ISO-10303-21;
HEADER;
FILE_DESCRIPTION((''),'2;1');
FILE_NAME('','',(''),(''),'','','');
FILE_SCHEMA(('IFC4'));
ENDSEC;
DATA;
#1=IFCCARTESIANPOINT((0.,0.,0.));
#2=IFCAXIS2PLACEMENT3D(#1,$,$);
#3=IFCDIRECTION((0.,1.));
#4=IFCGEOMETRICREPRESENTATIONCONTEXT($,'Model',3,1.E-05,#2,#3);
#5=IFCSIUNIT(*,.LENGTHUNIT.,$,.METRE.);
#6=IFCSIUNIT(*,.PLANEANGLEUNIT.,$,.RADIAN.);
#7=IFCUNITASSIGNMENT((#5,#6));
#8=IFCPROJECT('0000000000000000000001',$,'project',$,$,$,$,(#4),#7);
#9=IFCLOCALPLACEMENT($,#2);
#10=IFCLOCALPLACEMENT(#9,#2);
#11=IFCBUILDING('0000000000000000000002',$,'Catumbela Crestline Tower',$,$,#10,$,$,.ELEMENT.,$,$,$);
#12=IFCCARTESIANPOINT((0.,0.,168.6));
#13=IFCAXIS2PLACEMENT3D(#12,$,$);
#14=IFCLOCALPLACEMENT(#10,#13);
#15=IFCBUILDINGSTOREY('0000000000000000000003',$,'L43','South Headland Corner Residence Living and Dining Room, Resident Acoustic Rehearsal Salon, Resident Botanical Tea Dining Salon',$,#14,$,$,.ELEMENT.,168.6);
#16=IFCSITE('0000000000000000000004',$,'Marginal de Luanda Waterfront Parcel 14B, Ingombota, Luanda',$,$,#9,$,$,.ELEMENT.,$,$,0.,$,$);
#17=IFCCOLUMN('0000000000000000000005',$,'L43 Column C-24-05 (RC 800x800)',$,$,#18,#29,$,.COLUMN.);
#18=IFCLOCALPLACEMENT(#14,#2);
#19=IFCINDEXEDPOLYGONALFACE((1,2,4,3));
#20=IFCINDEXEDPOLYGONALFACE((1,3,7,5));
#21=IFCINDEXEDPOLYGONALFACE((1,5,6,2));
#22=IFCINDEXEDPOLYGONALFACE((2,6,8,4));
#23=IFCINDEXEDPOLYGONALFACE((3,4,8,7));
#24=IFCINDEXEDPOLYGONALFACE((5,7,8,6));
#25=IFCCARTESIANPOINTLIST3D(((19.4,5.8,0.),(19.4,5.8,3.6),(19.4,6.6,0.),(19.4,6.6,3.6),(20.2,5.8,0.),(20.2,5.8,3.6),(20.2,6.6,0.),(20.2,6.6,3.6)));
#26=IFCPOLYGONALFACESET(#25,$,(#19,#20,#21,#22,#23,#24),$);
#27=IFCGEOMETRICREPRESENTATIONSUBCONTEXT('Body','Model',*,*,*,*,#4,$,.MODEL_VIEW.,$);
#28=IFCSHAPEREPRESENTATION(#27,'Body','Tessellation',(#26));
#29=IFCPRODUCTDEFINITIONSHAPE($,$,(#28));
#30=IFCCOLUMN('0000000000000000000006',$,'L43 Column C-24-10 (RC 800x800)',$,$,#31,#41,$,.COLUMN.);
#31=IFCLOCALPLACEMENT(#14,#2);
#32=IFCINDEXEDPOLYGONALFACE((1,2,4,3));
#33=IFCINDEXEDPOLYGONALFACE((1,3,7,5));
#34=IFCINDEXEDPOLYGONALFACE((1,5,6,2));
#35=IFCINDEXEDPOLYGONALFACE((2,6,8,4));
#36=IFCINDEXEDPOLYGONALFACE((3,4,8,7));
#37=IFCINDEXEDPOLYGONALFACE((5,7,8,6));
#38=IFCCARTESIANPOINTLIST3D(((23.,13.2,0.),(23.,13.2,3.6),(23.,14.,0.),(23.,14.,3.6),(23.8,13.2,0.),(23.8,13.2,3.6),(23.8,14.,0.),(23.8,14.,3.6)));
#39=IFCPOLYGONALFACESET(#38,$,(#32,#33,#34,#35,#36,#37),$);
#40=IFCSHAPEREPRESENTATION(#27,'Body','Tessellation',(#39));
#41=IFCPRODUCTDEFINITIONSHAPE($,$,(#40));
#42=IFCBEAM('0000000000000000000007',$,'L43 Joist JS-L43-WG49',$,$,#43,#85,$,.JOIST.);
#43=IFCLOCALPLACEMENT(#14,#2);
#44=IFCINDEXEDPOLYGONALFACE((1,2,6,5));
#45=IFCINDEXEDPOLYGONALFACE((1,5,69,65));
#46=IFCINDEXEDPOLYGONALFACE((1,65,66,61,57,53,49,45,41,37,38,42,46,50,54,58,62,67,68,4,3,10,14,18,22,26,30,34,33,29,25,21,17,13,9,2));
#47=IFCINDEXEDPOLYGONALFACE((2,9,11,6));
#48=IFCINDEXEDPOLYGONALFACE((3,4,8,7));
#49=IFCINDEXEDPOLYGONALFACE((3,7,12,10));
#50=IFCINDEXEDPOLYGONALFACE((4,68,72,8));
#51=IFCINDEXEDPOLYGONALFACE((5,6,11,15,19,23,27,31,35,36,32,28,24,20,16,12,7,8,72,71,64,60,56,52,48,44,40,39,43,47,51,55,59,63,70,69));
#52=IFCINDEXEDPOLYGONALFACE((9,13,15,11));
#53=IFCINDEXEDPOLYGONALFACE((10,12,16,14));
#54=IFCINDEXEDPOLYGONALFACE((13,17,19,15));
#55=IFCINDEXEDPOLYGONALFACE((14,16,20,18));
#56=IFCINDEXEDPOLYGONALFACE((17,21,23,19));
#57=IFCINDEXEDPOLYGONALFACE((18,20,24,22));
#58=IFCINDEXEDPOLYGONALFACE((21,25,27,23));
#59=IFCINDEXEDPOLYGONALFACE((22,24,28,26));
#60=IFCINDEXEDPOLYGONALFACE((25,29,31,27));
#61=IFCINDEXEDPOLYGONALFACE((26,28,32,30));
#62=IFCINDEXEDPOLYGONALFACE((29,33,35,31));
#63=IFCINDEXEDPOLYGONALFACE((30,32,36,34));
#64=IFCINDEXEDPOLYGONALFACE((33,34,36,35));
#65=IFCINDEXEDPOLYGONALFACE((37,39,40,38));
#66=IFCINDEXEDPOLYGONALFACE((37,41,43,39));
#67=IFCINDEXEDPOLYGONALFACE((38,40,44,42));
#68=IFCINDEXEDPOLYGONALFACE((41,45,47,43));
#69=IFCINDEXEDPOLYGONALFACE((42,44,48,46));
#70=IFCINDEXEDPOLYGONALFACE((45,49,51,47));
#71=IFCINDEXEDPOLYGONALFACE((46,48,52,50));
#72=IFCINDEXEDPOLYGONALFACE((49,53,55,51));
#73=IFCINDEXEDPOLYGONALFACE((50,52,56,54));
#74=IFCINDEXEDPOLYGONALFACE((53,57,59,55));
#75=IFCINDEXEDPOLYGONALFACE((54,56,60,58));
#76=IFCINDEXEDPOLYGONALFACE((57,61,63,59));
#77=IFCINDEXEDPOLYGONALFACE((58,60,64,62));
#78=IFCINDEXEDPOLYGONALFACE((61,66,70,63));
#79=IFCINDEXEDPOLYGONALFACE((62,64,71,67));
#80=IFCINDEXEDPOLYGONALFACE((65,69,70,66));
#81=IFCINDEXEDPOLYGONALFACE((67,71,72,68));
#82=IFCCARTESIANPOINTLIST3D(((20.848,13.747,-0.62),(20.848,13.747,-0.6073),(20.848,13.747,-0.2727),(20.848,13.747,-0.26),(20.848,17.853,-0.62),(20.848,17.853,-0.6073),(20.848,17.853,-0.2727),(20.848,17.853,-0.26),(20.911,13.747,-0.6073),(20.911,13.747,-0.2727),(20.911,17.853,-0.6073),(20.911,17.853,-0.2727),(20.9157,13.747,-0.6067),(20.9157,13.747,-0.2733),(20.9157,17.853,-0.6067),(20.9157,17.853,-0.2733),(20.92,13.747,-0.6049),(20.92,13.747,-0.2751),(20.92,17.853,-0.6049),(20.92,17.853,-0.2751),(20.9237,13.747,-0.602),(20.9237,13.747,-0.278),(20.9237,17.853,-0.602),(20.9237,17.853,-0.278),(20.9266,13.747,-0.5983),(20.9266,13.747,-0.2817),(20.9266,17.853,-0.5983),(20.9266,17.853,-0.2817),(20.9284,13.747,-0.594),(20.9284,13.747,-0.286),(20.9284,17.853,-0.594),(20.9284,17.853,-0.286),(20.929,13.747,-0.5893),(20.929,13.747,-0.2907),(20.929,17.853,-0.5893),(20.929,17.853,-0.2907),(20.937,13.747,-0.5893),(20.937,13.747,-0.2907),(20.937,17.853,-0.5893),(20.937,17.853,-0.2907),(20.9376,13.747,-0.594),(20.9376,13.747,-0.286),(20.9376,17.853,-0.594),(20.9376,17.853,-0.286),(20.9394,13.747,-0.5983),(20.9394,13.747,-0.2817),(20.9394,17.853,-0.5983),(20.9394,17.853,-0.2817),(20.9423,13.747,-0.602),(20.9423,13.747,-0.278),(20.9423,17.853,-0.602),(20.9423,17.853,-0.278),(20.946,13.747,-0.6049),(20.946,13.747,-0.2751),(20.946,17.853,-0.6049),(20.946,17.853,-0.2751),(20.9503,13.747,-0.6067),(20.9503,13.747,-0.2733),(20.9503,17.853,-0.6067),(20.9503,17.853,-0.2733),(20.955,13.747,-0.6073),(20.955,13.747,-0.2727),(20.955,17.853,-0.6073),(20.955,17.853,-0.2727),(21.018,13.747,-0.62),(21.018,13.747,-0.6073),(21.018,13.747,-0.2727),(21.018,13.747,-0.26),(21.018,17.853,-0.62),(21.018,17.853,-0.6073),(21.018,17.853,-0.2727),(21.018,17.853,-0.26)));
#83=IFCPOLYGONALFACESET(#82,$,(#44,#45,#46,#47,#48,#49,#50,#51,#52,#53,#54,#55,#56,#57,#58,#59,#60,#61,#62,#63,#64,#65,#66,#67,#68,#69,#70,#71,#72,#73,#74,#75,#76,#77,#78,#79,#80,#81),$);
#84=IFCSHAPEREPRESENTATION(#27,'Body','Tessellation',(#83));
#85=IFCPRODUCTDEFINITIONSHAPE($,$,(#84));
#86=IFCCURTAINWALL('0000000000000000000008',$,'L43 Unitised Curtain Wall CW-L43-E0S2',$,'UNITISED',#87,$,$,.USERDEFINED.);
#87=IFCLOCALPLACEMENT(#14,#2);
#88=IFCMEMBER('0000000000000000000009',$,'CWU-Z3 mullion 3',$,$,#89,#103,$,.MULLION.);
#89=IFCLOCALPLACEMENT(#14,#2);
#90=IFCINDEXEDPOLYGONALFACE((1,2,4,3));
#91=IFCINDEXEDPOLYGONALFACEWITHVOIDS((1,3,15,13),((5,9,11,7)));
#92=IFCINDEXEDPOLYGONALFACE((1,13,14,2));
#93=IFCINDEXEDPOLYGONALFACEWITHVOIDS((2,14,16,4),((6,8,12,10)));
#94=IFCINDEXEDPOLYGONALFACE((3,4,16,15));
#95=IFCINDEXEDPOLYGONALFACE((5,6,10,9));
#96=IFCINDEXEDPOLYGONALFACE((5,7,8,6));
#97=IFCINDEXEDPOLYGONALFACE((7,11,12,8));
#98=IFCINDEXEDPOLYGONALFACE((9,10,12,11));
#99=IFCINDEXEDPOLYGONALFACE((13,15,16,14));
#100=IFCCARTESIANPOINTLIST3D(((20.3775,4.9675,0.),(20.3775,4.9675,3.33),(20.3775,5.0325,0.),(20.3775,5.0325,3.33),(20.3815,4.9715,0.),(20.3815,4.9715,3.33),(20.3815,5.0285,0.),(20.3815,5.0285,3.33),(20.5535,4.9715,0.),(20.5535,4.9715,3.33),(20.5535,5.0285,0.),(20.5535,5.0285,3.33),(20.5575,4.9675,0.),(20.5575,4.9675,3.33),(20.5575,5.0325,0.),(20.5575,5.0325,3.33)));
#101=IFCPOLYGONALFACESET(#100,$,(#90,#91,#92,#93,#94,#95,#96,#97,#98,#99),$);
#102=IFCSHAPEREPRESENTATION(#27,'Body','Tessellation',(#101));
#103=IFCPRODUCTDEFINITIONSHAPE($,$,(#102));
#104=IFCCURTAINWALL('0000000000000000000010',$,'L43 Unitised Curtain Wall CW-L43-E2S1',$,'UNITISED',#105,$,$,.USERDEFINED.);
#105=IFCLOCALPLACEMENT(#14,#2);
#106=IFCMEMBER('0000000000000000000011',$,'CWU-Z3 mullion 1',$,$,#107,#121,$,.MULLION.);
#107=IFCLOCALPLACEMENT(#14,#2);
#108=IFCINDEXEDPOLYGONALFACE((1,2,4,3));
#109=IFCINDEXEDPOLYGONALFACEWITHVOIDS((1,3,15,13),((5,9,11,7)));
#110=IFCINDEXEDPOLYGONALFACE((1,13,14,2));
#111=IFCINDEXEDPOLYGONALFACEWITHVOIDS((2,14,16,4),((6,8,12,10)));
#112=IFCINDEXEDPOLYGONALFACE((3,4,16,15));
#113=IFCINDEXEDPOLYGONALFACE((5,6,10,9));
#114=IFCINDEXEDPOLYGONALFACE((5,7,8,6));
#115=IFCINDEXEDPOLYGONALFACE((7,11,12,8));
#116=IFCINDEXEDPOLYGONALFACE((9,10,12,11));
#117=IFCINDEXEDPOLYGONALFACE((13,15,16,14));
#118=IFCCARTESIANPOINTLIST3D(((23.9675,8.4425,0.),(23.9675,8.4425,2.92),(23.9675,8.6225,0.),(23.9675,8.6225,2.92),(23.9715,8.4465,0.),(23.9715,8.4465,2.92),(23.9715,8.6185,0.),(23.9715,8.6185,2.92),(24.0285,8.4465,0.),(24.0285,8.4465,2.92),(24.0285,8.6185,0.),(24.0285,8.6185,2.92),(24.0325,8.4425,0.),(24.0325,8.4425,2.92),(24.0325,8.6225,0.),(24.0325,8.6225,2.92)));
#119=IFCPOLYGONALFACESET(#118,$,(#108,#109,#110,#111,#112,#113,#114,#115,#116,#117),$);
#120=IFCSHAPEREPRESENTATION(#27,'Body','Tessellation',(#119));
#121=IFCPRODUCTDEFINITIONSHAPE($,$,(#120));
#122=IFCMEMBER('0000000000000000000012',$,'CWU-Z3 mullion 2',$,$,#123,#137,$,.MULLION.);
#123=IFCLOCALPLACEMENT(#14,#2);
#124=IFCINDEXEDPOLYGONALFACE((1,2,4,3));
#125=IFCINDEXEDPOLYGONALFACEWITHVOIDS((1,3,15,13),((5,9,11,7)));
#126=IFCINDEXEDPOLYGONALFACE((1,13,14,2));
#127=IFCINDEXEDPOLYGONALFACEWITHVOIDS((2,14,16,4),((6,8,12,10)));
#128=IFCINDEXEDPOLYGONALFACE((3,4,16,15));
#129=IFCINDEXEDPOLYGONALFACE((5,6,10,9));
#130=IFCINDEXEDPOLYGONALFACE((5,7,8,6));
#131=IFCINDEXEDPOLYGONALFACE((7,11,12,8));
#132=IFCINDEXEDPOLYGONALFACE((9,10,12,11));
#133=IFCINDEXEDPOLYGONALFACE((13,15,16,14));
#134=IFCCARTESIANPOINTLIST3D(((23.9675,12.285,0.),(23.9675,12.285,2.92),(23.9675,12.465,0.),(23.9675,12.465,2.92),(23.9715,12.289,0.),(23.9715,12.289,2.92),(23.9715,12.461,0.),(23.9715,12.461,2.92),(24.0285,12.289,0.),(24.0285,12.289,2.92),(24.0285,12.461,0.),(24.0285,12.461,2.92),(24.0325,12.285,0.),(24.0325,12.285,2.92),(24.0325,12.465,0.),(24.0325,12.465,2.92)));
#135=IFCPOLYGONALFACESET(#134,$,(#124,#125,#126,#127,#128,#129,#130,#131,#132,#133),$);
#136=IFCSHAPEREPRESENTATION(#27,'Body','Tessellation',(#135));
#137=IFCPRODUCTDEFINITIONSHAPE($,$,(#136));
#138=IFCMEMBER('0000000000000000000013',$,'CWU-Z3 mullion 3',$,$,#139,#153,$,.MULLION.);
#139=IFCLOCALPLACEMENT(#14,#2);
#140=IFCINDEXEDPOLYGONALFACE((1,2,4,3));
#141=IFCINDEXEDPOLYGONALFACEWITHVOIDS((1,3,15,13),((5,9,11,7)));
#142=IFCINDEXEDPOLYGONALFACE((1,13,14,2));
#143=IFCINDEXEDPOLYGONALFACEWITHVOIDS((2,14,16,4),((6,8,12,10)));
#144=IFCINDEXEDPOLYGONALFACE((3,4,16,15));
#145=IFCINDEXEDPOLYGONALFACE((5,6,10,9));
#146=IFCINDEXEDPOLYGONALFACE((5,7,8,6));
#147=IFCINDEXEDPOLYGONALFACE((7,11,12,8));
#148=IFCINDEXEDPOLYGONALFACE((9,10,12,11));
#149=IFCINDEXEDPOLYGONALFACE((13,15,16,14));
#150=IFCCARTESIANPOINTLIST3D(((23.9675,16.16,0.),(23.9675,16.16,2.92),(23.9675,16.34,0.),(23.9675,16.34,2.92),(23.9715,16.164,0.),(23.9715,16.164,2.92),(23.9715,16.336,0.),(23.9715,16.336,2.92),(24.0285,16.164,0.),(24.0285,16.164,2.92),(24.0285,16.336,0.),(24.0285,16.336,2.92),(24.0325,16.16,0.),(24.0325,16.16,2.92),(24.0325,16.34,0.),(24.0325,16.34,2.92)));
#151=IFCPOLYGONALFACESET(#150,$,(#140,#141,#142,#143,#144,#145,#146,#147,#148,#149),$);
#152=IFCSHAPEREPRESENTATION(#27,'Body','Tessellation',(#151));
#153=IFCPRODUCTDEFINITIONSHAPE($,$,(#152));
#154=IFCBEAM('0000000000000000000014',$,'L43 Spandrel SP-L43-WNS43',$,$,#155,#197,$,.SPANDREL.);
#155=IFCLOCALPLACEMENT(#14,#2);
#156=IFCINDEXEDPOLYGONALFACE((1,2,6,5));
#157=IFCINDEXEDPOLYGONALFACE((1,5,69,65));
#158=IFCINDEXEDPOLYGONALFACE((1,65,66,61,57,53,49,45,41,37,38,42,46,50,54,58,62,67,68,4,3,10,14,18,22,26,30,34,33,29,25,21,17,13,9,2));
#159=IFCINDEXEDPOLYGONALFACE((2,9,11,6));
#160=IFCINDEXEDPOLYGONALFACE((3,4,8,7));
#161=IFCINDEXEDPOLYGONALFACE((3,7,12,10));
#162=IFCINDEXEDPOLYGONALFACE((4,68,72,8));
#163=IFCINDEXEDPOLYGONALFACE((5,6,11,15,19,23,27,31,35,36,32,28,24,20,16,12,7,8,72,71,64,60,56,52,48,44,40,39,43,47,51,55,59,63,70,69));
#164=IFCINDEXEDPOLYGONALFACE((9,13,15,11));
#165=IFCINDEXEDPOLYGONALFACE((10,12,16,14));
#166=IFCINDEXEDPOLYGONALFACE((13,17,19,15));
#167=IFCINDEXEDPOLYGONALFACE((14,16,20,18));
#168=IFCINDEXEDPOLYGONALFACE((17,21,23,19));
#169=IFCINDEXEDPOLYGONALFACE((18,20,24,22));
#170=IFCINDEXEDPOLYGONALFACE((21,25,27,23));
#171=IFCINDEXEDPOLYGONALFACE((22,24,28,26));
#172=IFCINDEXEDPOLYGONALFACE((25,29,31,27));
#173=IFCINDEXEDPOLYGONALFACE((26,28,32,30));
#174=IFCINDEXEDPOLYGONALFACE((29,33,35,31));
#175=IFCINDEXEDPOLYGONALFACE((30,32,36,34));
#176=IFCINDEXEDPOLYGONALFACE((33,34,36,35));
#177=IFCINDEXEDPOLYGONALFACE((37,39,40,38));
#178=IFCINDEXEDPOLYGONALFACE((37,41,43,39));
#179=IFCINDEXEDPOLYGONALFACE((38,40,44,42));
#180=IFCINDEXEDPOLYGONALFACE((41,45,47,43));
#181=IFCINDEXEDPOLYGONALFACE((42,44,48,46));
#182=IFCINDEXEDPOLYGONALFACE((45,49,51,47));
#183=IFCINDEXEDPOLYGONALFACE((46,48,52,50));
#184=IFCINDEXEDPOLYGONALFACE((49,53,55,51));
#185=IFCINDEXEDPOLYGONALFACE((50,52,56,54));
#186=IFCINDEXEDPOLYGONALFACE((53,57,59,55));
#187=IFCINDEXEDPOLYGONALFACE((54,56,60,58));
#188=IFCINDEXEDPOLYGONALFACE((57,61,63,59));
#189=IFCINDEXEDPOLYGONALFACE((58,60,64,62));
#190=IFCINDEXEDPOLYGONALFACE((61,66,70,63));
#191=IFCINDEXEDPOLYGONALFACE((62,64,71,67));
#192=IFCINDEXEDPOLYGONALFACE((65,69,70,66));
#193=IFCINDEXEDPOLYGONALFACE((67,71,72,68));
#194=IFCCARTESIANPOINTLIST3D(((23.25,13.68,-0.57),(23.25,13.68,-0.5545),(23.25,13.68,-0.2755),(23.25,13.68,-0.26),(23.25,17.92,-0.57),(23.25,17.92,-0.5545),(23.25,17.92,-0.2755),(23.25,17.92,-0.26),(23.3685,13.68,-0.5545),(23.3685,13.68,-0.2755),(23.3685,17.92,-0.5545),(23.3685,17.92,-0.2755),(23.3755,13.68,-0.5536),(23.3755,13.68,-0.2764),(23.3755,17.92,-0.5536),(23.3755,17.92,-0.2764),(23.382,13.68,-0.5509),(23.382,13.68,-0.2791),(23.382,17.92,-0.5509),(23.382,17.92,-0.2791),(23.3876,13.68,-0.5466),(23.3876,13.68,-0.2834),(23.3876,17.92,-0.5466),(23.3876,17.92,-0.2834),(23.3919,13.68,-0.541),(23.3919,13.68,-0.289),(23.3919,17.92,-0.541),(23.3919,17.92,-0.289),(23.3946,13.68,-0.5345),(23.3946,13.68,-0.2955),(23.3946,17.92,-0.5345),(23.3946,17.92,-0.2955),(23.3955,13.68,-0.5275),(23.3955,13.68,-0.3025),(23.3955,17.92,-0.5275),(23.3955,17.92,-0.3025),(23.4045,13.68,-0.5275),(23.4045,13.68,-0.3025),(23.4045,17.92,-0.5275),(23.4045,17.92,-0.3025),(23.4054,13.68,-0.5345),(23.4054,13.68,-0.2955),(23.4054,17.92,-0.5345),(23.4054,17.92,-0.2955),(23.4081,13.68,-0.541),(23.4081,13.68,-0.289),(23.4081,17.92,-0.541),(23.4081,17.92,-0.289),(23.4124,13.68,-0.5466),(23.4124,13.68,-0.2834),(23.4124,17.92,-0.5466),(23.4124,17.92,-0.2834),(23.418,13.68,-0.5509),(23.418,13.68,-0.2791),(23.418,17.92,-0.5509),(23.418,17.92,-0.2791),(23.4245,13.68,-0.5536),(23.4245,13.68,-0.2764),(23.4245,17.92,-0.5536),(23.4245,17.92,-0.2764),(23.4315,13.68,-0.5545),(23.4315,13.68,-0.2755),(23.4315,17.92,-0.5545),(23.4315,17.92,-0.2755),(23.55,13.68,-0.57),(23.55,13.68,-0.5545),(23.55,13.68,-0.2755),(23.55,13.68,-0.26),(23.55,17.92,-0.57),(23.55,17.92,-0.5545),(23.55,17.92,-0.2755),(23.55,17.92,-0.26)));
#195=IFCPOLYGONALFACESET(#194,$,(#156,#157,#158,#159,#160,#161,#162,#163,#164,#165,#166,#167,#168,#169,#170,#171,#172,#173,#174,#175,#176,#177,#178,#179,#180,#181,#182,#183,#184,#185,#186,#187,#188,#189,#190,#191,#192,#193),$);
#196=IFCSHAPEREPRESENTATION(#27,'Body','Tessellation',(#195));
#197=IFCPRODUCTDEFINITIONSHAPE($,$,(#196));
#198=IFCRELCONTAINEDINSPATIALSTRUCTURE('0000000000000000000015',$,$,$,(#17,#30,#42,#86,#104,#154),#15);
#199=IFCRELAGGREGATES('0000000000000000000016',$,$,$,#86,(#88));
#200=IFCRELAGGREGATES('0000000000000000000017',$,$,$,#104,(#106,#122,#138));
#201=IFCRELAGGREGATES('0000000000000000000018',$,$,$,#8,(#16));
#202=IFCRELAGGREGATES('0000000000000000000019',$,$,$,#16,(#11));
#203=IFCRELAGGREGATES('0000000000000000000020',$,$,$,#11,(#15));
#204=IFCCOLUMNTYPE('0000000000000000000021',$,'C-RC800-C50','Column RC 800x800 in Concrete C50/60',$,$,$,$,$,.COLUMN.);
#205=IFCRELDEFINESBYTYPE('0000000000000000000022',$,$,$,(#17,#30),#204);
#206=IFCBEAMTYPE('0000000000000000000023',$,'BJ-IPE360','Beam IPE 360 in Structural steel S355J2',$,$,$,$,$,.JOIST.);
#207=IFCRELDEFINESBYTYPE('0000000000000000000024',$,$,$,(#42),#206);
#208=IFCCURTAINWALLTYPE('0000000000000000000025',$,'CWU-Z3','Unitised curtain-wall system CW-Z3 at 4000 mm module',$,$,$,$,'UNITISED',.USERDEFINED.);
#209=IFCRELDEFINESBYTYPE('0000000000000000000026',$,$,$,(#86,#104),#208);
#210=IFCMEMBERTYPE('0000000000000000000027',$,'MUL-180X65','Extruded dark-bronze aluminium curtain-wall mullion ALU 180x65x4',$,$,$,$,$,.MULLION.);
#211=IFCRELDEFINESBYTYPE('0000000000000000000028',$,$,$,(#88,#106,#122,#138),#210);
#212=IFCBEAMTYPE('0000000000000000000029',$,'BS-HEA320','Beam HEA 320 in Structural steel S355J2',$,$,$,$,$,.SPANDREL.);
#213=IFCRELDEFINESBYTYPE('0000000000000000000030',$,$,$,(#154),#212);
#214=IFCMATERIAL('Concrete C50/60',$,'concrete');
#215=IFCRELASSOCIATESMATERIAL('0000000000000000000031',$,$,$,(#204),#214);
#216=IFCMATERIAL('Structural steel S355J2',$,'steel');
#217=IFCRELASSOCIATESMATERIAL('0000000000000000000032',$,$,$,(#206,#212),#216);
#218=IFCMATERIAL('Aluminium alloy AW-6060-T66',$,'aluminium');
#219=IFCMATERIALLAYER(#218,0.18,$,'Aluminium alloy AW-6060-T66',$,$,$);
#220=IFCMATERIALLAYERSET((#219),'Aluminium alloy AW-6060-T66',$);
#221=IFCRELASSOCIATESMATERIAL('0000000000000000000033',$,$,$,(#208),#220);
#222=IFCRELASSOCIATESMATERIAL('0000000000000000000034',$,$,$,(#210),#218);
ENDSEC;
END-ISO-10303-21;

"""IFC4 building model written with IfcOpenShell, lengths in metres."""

from ifc_helpers import new_model, si_unit, direction, frame, origin, origin_2d, place, context, subcontext, project, spatial, rectangle, hollow_rectangle, i_section, extrude, material, layer, layer_set, material_profile, profile_set, type_object, element, aggregate, save


model = new_model("IFC4")

# Units and contexts
model_context = context("Model", 3, precision=1e-05, world=origin(), true_north=direction((0.0, 1.0)))
body_context = subcontext(model_context, "Body", "Model", "MODEL_VIEW")
ifc_project = project(units=[si_unit("LENGTHUNIT", "METRE"), si_unit("PLANEANGLEUNIT", "RADIAN")], contexts=[model_context])

# Site, building, storey
site_placement = place(None, origin())
site = spatial("IfcSite", under=ifc_project, at=site_placement, Name="Marginal de Luanda Waterfront Parcel 14B, Ingombota, Luanda", CompositionType="ELEMENT", RefElevation=0.0)
building_placement = place(site_placement, origin())
building = spatial("IfcBuilding", under=site, at=building_placement, Name="Catumbela Crestline Tower", CompositionType="ELEMENT")
storey_placement = place(building_placement, frame((0.0, 0.0, 168.6)))
storey = spatial("IfcBuildingStorey", under=building, at=storey_placement, Name="L43", Description="South Headland Corner Residence Living and Dining Room, Resident Acoustic Rehearsal Salon, Resident Botanical Tea Dining Salon", CompositionType="ELEMENT", Elevation=168.6)

# Columns
ifc_material_1 = material(Name="Concrete C50/60", Category="concrete")
ifc_material_profile_1 = material_profile(ifc_material_1, rectangle(XDim=0.8, YDim=0.8, at=origin_2d()), Name="RC 800x800")
ifc_profile_set_1 = profile_set([ifc_material_profile_1], Name="Concrete C50/60")
column_type = type_object("IfcColumnType", Name="C-RC800-C50", Description="Column RC 800x800 in Concrete C50/60", PredefinedType="COLUMN", material=ifc_profile_set_1)
for number, where, z_axis, x_axis, name in (
    (1, (19.8, 6.2, 0.0), (0.0, 0.0, 1.0), (1.0, 0.0, 0.0), "L43 Column C-24-05 (RC 800x800)"),
    (2, (23.4, 13.6, 0.0), (0.0, 0.0, 1.0), (1.0, 0.0, 0.0), "L43 Column C-24-10 (RC 800x800)"),
):
    element("IfcColumn", number, at=place(storey_placement, frame(where, z_axis=z_axis, x_axis=x_axis)), inside=storey, type_object=column_type, Name=name, PredefinedType="COLUMN", context=body_context, shape_type="SweptSolid", body=[
        extrude(rectangle(XDim=0.8, YDim=0.8, at=origin_2d()), origin(), (0.0, 0.0, 1.0), 3.6),
    ])

# Beam
ifc_material_2 = material(Name="Structural steel S355J2", Category="steel")
ifc_material_profile_2 = material_profile(ifc_material_2, i_section(OverallWidth=0.17, OverallDepth=0.36, WebThickness=0.008, FlangeThickness=0.0127, FilletRadius=0.018, at=origin_2d()), Name="IPE 360")
ifc_profile_set_2 = profile_set([ifc_material_profile_2], Name="Structural steel S355J2")
beam_type_1 = type_object("IfcBeamType", Name="BJ-IPE360", Description="Beam IPE 360 in Structural steel S355J2", PredefinedType="JOIST", material=ifc_profile_set_2)
beam_1_placement = place(storey_placement, frame((20.933, 13.747, -0.44), z_axis=(0.0, 1.0, 0.0), x_axis=(-1.0, 0.0, 0.0)))
element("IfcBeam", 3, at=beam_1_placement, inside=storey, type_object=beam_type_1, Name="L43 Joist JS-L43-WG49", PredefinedType="JOIST", context=body_context, shape_type="SweptSolid", body=[
    extrude(i_section(OverallWidth=0.17, OverallDepth=0.36, WebThickness=0.008, FlangeThickness=0.0127, FilletRadius=0.018, at=origin_2d()), origin(), (0.0, 0.0, 1.0), 4.106),
])

# Curtain wall, member
ifc_material_3 = material(Name="Aluminium alloy AW-6060-T66", Category="aluminium")
ifc_layer_1 = layer(ifc_material_3, 0.18, Name="Aluminium alloy AW-6060-T66")
ifc_layer_set_1 = layer_set([ifc_layer_1], Name="Aluminium alloy AW-6060-T66")
curtain_wall_type = type_object("IfcCurtainWallType", Name="CWU-Z3", Description="Unitised curtain-wall system CW-Z3 at 4000 mm module", ElementType="UNITISED", PredefinedType="USERDEFINED", material=ifc_layer_set_1)
curtain_wall_1_placement = place(storey_placement, origin())
curtain_wall_1 = element("IfcCurtainWall", 4, at=curtain_wall_1_placement, inside=storey, type_object=curtain_wall_type, Name="L43 Unitised Curtain Wall CW-L43-E0S2", ObjectType="UNITISED", PredefinedType="USERDEFINED")
ifc_material_profile_3 = material_profile(ifc_material_3, hollow_rectangle(XDim=0.065, YDim=0.18, WallThickness=0.004, at=origin_2d()), Name="ALU 180x65x4")
ifc_profile_set_3 = profile_set([ifc_material_profile_3], Name="Aluminium alloy AW-6060-T66")
member_type_1 = type_object("IfcMemberType", Name="MUL-180X65", Description="Extruded dark-bronze aluminium curtain-wall mullion ALU 180x65x4", PredefinedType="MULLION", material=ifc_profile_set_3)
member_1_placement = place(storey_placement, frame((20.4675, 5.0, 0.0), z_axis=(0.0, 0.0, 1.0), x_axis=(0.0, 1.0, 0.0)))
member_1 = element("IfcMember", 5, at=member_1_placement, type_object=member_type_1, Name="CWU-Z3 mullion 3", PredefinedType="MULLION", context=body_context, shape_type="SweptSolid", body=[
    extrude(hollow_rectangle(XDim=0.065, YDim=0.18, WallThickness=0.004, at=origin_2d()), origin(), (0.0, 0.0, 1.0), 3.33),
])
aggregate(curtain_wall_1, [member_1])

# Curtain wall, members
curtain_wall_2_placement = place(storey_placement, origin())
curtain_wall_2 = element("IfcCurtainWall", 6, at=curtain_wall_2_placement, inside=storey, type_object=curtain_wall_type, Name="L43 Unitised Curtain Wall CW-L43-E2S1", ObjectType="UNITISED", PredefinedType="USERDEFINED")
member_2_placement = place(storey_placement, frame((24.0, 8.5325, 0.0), z_axis=(0.0, 0.0, 1.0), x_axis=(-1.0, 0.0, 0.0)))
member_2 = element("IfcMember", 7, at=member_2_placement, type_object=member_type_1, Name="CWU-Z3 mullion 1", PredefinedType="MULLION", context=body_context, shape_type="SweptSolid", body=[
    extrude(hollow_rectangle(XDim=0.065, YDim=0.18, WallThickness=0.004, at=origin_2d()), origin(), (0.0, 0.0, 1.0), 2.92),
])
member_3_placement = place(storey_placement, frame((24.0, 12.375, 0.0), z_axis=(0.0, 0.0, 1.0), x_axis=(-1.0, 0.0, 0.0)))
member_3 = element("IfcMember", 8, at=member_3_placement, type_object=member_type_1, Name="CWU-Z3 mullion 2", PredefinedType="MULLION", context=body_context, shape_type="SweptSolid", body=[
    extrude(hollow_rectangle(XDim=0.065, YDim=0.18, WallThickness=0.004, at=origin_2d()), origin(), (0.0, 0.0, 1.0), 2.92),
])
member_4_placement = place(storey_placement, frame((24.0, 16.25, 0.0), z_axis=(0.0, 0.0, 1.0), x_axis=(-1.0, 0.0, 0.0)))
member_4 = element("IfcMember", 9, at=member_4_placement, type_object=member_type_1, Name="CWU-Z3 mullion 3", PredefinedType="MULLION", context=body_context, shape_type="SweptSolid", body=[
    extrude(hollow_rectangle(XDim=0.065, YDim=0.18, WallThickness=0.004, at=origin_2d()), origin(), (0.0, 0.0, 1.0), 2.92),
])

# Beam
ifc_material_profile_4 = material_profile(ifc_material_2, i_section(OverallWidth=0.3, OverallDepth=0.31, WebThickness=0.009, FlangeThickness=0.0155, FilletRadius=0.027, at=origin_2d()), Name="HEA 320")
ifc_profile_set_4 = profile_set([ifc_material_profile_4], Name="Structural steel S355J2")
beam_type_2 = type_object("IfcBeamType", Name="BS-HEA320", Description="Beam HEA 320 in Structural steel S355J2", PredefinedType="SPANDREL", material=ifc_profile_set_4)
beam_2_placement = place(storey_placement, frame((23.4, 13.68, -0.415), z_axis=(0.0, 1.0, 0.0), x_axis=(-1.0, 0.0, 0.0)))
element("IfcBeam", 10, at=beam_2_placement, inside=storey, type_object=beam_type_2, Name="L43 Spandrel SP-L43-WNS43", PredefinedType="SPANDREL", context=body_context, shape_type="SweptSolid", body=[
    extrude(i_section(OverallWidth=0.3, OverallDepth=0.31, WebThickness=0.009, FlangeThickness=0.0155, FilletRadius=0.027, at=origin_2d()), origin(), (0.0, 0.0, 1.0), 4.24),
])

aggregate(curtain_wall_2, [member_2, member_3, member_4])

save(model, "model.ifc")
